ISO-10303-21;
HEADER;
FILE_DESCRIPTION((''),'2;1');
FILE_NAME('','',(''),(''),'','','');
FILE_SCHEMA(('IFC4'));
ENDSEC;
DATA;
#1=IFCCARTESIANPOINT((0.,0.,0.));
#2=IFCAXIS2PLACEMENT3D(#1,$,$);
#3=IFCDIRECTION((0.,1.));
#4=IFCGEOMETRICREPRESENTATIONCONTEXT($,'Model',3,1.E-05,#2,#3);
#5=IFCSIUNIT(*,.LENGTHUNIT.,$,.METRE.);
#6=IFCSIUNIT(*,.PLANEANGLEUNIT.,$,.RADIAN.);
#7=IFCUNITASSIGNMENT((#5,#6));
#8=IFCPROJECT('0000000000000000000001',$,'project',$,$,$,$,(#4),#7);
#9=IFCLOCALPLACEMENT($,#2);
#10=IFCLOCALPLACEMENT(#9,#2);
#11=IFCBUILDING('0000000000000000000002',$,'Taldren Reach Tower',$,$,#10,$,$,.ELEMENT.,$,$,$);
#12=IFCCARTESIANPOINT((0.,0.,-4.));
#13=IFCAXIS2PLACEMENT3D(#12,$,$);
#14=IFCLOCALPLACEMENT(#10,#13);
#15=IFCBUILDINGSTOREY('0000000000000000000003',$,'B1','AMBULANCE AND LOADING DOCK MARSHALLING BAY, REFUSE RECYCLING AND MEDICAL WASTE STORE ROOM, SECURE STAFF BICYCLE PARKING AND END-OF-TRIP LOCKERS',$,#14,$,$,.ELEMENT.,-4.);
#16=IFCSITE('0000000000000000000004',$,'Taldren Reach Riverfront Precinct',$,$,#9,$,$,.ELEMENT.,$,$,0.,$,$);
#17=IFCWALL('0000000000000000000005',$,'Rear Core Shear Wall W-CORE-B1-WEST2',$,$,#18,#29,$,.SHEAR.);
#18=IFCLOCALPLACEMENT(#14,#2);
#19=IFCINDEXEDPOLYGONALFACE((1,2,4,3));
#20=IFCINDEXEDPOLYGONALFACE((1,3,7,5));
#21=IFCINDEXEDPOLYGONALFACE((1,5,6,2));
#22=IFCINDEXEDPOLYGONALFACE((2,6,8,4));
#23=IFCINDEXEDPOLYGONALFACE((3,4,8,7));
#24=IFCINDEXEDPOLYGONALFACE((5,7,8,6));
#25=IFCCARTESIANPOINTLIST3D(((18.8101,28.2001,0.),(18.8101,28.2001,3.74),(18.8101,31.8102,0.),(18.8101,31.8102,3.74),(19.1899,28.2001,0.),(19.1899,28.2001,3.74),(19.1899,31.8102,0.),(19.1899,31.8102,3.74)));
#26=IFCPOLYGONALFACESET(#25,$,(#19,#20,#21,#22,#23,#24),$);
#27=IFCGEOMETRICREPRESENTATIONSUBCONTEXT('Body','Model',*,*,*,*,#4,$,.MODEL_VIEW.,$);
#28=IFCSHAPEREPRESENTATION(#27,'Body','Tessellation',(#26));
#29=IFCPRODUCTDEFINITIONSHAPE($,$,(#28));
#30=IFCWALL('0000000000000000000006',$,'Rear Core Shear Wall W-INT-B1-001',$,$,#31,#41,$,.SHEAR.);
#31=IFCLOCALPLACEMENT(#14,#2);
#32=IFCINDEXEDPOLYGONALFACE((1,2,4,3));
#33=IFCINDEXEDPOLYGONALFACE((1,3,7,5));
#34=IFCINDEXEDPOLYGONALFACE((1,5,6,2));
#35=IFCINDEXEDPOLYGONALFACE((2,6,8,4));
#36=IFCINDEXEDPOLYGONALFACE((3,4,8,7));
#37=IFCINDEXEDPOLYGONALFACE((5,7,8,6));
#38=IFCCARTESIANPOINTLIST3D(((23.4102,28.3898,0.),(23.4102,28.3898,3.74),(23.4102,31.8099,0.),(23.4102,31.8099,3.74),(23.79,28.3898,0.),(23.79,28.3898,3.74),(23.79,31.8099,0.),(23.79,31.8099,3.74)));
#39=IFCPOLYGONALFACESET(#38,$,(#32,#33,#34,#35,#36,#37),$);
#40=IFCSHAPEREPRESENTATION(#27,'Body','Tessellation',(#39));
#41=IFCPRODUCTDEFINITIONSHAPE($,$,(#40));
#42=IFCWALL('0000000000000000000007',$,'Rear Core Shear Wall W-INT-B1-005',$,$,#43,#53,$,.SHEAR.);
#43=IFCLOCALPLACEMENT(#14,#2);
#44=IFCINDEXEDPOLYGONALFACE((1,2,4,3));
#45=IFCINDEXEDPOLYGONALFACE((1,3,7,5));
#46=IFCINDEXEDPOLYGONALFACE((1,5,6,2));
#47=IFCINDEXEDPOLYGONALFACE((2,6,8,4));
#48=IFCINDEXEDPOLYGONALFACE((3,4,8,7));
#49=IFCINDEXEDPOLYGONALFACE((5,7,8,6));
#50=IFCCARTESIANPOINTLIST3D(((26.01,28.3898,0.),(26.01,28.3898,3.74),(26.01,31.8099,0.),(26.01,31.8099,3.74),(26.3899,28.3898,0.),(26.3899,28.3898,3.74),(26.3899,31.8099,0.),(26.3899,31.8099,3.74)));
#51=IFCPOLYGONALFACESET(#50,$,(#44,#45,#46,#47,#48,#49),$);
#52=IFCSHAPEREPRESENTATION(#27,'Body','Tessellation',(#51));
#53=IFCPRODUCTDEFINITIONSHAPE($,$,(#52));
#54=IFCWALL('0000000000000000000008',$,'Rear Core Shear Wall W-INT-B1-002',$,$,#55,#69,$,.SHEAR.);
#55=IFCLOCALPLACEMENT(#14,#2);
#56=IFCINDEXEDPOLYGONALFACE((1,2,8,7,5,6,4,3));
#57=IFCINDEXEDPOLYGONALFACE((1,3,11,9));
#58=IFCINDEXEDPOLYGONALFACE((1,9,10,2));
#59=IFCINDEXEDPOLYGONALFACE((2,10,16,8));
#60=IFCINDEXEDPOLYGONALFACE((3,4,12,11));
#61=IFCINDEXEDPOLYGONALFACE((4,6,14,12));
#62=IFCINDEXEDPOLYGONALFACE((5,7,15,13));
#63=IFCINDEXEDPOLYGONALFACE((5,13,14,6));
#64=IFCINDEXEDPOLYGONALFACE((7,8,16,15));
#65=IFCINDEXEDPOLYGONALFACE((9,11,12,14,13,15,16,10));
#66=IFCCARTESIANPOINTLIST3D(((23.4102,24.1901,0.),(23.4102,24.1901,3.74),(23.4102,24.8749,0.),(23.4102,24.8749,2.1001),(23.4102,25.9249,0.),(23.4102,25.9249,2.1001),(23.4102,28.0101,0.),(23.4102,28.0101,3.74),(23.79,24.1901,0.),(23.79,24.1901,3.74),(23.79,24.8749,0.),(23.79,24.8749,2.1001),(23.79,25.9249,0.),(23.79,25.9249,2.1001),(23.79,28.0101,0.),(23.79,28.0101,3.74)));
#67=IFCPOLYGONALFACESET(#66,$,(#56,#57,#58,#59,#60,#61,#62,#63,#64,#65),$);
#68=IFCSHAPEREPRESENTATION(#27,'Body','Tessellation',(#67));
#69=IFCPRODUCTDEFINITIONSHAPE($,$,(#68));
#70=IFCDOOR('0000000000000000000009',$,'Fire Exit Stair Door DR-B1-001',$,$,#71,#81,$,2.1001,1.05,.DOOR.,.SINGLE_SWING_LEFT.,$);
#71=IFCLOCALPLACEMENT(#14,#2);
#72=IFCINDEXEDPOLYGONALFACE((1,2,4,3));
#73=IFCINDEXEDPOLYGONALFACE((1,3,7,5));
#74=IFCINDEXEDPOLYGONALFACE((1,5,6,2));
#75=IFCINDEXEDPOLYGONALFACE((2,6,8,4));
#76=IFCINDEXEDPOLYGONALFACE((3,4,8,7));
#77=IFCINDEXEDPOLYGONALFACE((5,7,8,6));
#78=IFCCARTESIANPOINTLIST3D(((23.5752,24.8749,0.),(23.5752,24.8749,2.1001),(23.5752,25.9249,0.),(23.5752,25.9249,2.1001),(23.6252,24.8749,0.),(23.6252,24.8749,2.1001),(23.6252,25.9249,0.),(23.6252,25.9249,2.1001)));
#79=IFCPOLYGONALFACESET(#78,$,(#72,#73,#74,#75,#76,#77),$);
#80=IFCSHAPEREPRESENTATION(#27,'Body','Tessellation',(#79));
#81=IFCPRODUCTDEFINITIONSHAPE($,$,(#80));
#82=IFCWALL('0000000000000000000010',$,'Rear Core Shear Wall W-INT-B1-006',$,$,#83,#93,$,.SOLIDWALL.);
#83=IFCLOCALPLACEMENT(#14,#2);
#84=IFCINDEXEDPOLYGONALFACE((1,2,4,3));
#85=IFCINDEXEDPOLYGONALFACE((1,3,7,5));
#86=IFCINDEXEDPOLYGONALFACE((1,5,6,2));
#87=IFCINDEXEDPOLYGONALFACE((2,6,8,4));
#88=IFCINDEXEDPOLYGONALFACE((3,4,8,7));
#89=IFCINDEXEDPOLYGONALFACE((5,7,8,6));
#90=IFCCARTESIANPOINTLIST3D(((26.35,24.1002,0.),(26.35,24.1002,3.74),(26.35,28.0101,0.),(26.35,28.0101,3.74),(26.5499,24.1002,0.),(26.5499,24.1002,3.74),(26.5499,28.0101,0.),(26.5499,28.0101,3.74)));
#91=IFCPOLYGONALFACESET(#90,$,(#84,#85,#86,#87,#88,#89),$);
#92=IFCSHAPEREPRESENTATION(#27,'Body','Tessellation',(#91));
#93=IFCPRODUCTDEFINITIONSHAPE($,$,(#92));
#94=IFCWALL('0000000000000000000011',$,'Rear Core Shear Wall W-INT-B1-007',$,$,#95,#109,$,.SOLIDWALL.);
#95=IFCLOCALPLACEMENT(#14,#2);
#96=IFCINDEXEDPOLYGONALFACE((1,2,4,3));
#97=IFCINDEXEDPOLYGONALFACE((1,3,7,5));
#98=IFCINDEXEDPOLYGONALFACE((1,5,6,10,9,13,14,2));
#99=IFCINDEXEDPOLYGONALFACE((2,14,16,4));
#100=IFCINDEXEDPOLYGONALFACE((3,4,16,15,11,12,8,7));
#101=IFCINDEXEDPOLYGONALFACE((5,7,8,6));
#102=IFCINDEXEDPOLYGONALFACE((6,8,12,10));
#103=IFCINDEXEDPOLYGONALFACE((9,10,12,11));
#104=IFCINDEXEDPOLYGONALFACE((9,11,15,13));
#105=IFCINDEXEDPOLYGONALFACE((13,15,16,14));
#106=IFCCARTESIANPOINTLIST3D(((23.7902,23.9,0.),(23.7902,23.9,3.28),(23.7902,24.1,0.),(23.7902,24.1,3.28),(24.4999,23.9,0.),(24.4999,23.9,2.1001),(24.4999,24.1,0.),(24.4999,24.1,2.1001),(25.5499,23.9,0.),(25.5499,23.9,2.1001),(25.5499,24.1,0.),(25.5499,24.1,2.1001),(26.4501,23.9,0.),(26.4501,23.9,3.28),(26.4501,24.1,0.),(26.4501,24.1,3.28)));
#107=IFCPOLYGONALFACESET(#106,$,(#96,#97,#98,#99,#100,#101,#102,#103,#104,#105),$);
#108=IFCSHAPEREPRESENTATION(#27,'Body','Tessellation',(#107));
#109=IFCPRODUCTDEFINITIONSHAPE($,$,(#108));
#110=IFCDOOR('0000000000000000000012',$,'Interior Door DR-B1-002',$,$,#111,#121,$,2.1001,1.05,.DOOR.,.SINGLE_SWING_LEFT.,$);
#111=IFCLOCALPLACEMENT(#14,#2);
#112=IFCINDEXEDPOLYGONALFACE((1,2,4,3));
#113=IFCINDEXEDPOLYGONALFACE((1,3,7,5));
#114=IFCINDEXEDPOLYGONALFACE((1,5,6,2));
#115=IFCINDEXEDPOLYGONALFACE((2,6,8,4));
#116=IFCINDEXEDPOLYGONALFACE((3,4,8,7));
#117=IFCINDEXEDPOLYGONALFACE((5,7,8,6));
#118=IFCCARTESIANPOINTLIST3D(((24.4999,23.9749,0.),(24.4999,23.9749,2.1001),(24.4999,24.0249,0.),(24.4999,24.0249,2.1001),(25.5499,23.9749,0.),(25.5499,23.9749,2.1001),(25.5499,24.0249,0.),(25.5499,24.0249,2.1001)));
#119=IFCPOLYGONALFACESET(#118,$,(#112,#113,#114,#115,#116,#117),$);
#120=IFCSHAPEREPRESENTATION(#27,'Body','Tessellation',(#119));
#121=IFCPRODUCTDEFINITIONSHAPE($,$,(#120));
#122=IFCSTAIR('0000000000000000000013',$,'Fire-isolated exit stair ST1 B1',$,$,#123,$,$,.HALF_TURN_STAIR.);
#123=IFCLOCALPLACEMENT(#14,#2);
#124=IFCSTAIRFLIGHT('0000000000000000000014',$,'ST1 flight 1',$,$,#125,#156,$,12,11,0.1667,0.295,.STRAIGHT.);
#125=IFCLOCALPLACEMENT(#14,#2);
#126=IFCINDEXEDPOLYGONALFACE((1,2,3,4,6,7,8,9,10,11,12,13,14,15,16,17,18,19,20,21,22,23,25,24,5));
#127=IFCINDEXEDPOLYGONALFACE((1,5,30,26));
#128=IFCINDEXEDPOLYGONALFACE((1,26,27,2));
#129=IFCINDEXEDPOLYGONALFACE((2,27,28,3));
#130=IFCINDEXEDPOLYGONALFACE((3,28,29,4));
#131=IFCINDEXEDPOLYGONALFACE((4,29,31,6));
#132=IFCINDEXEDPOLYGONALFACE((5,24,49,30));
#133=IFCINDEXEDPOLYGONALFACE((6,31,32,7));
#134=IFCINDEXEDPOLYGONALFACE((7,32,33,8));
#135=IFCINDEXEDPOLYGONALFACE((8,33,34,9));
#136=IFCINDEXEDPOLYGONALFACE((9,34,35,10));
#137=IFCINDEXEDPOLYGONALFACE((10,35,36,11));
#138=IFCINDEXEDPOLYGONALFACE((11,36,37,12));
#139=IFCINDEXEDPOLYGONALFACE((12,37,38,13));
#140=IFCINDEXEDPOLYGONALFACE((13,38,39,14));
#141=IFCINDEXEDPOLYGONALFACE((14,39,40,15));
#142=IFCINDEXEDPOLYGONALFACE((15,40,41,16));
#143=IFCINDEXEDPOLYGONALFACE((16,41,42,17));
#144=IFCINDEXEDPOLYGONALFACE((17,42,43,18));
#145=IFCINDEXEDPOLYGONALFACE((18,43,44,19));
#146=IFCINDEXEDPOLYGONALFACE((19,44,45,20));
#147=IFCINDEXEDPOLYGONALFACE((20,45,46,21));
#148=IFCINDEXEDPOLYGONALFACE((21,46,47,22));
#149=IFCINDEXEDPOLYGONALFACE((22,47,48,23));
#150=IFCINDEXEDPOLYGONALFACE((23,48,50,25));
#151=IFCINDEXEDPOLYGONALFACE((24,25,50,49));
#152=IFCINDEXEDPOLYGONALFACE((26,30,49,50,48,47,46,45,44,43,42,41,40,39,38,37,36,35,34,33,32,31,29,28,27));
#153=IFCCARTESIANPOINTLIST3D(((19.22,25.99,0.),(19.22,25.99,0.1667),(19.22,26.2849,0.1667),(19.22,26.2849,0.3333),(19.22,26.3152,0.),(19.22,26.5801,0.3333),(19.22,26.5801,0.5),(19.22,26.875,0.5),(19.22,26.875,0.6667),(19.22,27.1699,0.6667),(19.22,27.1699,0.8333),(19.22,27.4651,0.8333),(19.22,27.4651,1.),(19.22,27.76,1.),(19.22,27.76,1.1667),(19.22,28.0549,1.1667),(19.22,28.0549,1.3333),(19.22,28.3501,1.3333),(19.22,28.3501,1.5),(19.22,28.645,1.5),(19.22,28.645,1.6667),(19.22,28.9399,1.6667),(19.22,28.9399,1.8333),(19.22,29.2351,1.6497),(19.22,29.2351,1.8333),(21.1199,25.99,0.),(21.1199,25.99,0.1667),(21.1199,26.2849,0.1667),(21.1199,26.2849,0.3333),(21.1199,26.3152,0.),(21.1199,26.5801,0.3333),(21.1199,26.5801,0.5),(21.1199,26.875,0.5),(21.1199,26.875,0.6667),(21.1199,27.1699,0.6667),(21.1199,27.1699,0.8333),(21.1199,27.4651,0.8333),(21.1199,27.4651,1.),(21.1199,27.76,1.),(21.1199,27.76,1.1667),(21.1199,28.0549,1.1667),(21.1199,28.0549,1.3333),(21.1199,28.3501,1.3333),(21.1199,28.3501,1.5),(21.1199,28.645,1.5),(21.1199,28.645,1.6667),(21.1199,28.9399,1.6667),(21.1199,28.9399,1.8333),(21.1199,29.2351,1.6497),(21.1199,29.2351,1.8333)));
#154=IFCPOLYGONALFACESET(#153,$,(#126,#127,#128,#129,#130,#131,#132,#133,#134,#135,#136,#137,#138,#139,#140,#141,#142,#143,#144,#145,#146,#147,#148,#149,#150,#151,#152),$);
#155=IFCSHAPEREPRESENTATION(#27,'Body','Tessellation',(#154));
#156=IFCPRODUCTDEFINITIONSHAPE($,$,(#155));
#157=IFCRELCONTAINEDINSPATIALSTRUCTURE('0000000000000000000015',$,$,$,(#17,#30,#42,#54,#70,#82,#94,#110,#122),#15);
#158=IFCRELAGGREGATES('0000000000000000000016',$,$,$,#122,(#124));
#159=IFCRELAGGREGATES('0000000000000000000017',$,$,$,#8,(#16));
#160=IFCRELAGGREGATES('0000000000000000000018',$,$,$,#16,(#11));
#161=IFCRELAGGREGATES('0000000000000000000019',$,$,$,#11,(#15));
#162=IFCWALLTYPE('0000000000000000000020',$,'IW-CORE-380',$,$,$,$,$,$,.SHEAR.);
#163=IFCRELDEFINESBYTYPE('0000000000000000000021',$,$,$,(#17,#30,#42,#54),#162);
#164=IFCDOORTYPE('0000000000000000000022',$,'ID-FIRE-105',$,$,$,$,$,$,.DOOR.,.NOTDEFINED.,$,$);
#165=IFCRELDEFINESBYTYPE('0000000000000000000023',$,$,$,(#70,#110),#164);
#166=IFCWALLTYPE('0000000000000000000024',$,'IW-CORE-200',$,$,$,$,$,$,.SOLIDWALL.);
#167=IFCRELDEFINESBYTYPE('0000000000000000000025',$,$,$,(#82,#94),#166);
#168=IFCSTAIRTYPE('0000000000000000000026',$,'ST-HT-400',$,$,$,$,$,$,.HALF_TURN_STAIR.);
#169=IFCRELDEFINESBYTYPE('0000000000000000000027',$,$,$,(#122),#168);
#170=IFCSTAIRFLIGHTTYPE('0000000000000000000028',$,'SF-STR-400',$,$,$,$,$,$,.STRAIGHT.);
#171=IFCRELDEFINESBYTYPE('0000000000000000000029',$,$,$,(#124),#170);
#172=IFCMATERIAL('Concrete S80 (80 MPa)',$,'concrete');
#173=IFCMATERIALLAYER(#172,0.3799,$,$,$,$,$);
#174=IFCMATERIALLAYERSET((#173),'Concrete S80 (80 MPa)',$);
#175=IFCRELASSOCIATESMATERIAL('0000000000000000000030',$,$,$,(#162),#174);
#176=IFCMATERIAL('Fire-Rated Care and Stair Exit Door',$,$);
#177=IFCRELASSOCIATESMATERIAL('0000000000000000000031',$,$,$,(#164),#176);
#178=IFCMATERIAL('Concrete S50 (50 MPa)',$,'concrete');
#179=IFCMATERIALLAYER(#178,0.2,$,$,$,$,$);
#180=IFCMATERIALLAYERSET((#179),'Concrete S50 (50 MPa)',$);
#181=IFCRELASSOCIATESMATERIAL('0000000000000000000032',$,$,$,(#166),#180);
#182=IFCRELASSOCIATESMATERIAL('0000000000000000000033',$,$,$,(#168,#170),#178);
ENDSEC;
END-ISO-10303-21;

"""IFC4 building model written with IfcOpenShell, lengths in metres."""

from ifc_helpers import new_model, si_unit, direction, frame, frame_2d, origin, place, context, subcontext, project, spatial, polyline, rectangle, outline, extrude, source, transform, mapped, material, layer, layer_set, type_object, element, fill, aggregate, save


model = new_model("IFC4")

# Units and contexts
model_context = context("Model", 3, precision=1e-05, world=origin(), true_north=direction((0.0, 1.0)))
body_context = subcontext(model_context, "Body", "Model", "MODEL_VIEW")
ifc_project = project(units=[si_unit("LENGTHUNIT", "METRE"), si_unit("PLANEANGLEUNIT", "RADIAN")], contexts=[model_context])

# Site, building, storey
site_placement = place(None, origin())
site = spatial("IfcSite", under=ifc_project, at=site_placement, Name="Taldren Reach Riverfront Precinct", CompositionType="ELEMENT", RefElevation=0.0)
building_placement = place(site_placement, origin())
building = spatial("IfcBuilding", under=site, at=building_placement, Name="Taldren Reach Tower", CompositionType="ELEMENT")
storey_placement = place(building_placement, frame((0.0, 0.0, -4.0)))
storey = spatial("IfcBuildingStorey", under=building, at=storey_placement, Name="B1", Description="AMBULANCE AND LOADING DOCK MARSHALLING BAY, REFUSE RECYCLING AND MEDICAL WASTE STORE ROOM, SECURE STAFF BICYCLE PARKING AND END-OF-TRIP LOCKERS", CompositionType="ELEMENT", Elevation=-4.0)

# Walls
ifc_material_1 = material(Name="Concrete S80 (80 MPa)", Category="concrete")
ifc_layer_1 = layer(ifc_material_1, 0.3799)
ifc_layer_set_1 = layer_set([ifc_layer_1], Name="Concrete S80 (80 MPa)")
wall_type_1 = type_object("IfcWallType", Name="IW-CORE-380", PredefinedType="SHEAR", material=ifc_layer_set_1)
shared_shape_1 = source(origin(), body_context, "Body", "SweptSolid", [
    extrude(rectangle(XDim=3.6101, YDim=0.3799, at=frame_2d((1.8052, 0.0))), origin(), (0.0, 0.0, 1.0), 3.74),
])
wall_1_placement = place(storey_placement, frame((19.0, 28.2, 0.0), z_axis=(0.0, 0.0, 1.0), x_axis=(0.0, 1.0, 0.0)))
element("IfcWall", 1, at=wall_1_placement, inside=storey, type_object=wall_type_1, Name="Rear Core Shear Wall W-CORE-B1-WEST2", PredefinedType="SHEAR", context=body_context, shape_type="MappedRepresentation", body=[
    mapped(shared_shape_1, transform((0.0, 0.0, 0.0), scale=1.0)),
])
shared_shape_2 = source(origin(), body_context, "Body", "SweptSolid", [
    extrude(rectangle(XDim=3.4202, YDim=0.3799, at=frame_2d((1.71, 0.0))), origin(), (0.0, 0.0, 1.0), 3.74),
])
for number, where, z_axis, x_axis, name in (
    (2, (23.6001, 28.3899, 0.0), (0.0, 0.0, 1.0), (0.0, 1.0, 0.0), "Rear Core Shear Wall W-INT-B1-001"),
    (3, (26.2, 28.3899, 0.0), (0.0, 0.0, 1.0), (0.0, 1.0, 0.0), "Rear Core Shear Wall W-INT-B1-005"),
):
    element("IfcWall", number, at=place(storey_placement, frame(where, z_axis=z_axis, x_axis=x_axis)), inside=storey, type_object=wall_type_1, Name=name, PredefinedType="SHEAR", context=body_context, shape_type="MappedRepresentation", body=[
        mapped(shared_shape_2, transform((0.0, 0.0, 0.0), scale=1.0)),
    ])

# Wall, opening, door
shared_shape_3 = source(origin(), body_context, "Body", "SweptSolid", [
    extrude(rectangle(XDim=3.8201, YDim=0.3799, at=frame_2d((1.9102, 0.0))), origin(), (0.0, 0.0, 1.0), 3.74),
])
wall_2_placement = place(storey_placement, frame((23.6001, 24.1899, 0.0), z_axis=(0.0, 0.0, 1.0), x_axis=(0.0, 1.0, 0.0)))
wall_2 = element("IfcWall", 4, at=wall_2_placement, inside=storey, type_object=wall_type_1, Name="Rear Core Shear Wall W-INT-B1-002", PredefinedType="SHEAR", context=body_context, shape_type="MappedRepresentation", body=[
    mapped(shared_shape_3, transform((0.0, 0.0, 0.0), scale=1.0)),
])
shared_shape_4 = source(origin(), body_context, "Body", "SweptSolid", [
    extrude(rectangle(XDim=1.05, YDim=2.1001, at=frame_2d((0.5249, 1.05))), frame((0.0, 0.2, 0.0), z_axis=(0.0, -1.0, 0.0), x_axis=(1.0, 0.0, 0.0)), (0.0, 0.0, 1.0), 0.3999),
])
opening_1_placement = place(wall_2_placement, frame((0.6851, 0.0, 0.0)))
opening_1 = element("IfcOpeningElement", 5, at=opening_1_placement, cuts=wall_2, PredefinedType="OPENING", context=body_context, shape_type="MappedRepresentation", body=[
    mapped(shared_shape_4, transform((0.0, 0.0, 0.0), scale=1.0)),
])
ifc_material_2 = material(Name="Fire-Rated Care and Stair Exit Door")
door_type_1 = type_object("IfcDoorType", Name="ID-FIRE-105", OperationType="NOTDEFINED", PredefinedType="DOOR", material=ifc_material_2)
shared_shape_5 = source(origin(), body_context, "Body", "SweptSolid", [
    extrude(rectangle(XDim=1.05, YDim=2.1001, at=frame_2d((0.5249, 1.05))), frame((0.0, 0.0249, 0.0), z_axis=(0.0, -1.0, 0.0), x_axis=(1.0, 0.0, 0.0)), (0.0, 0.0, 1.0), 0.05),
])
door_1_placement = place(opening_1_placement, origin())
door_1 = element("IfcDoor", 6, at=door_1_placement, inside=storey, type_object=door_type_1, Name="Fire Exit Stair Door DR-B1-001", OperationType="SINGLE_SWING_LEFT", OverallHeight=2.1001, OverallWidth=1.05, PredefinedType="DOOR", context=body_context, shape_type="MappedRepresentation", body=[
    mapped(shared_shape_5, transform((0.0, 0.0, 0.0), scale=1.0)),
])
fill(opening_1, door_1)

# Wall
ifc_material_3 = material(Name="Concrete S50 (50 MPa)", Category="concrete")
ifc_layer_2 = layer(ifc_material_3, 0.2)
ifc_layer_set_2 = layer_set([ifc_layer_2], Name="Concrete S50 (50 MPa)")
wall_type_2 = type_object("IfcWallType", Name="IW-CORE-200", PredefinedType="SOLIDWALL", material=ifc_layer_set_2)
shared_shape_6 = source(origin(), body_context, "Body", "SweptSolid", [
    extrude(rectangle(XDim=3.9099, YDim=0.2, at=frame_2d((1.9551, 0.0))), origin(), (0.0, 0.0, 1.0), 3.74),
])
wall_3_placement = place(storey_placement, frame((26.45, 24.1001, 0.0), z_axis=(0.0, 0.0, 1.0), x_axis=(0.0, 1.0, 0.0)))
element("IfcWall", 7, at=wall_3_placement, inside=storey, type_object=wall_type_2, Name="Rear Core Shear Wall W-INT-B1-006", PredefinedType="SOLIDWALL", context=body_context, shape_type="MappedRepresentation", body=[
    mapped(shared_shape_6, transform((0.0, 0.0, 0.0), scale=1.0)),
])

# Wall, opening, door
shared_shape_7 = source(origin(), body_context, "Body", "SweptSolid", [
    extrude(rectangle(XDim=2.6599, YDim=0.2, at=frame_2d((1.3301, 0.0))), origin(), (0.0, 0.0, 1.0), 3.28),
])
wall_4_placement = place(storey_placement, frame((23.79, 24.0, 0.0), z_axis=(0.0, 0.0, 1.0), x_axis=(1.0, 0.0, 0.0)))
wall_4 = element("IfcWall", 8, at=wall_4_placement, inside=storey, type_object=wall_type_2, Name="Rear Core Shear Wall W-INT-B1-007", PredefinedType="SOLIDWALL", context=body_context, shape_type="MappedRepresentation", body=[
    mapped(shared_shape_7, transform((0.0, 0.0, 0.0), scale=1.0)),
])
shared_shape_8 = source(origin(), body_context, "Body", "SweptSolid", [
    extrude(rectangle(XDim=1.05, YDim=2.1001, at=frame_2d((0.5249, 1.05))), frame((0.0, 0.1099, 0.0), z_axis=(0.0, -1.0, 0.0), x_axis=(1.0, 0.0, 0.0)), (0.0, 0.0, 1.0), 0.22),
])
opening_2_placement = place(wall_4_placement, frame((0.71, 0.0, 0.0)))
opening_2 = element("IfcOpeningElement", 9, at=opening_2_placement, cuts=wall_4, PredefinedType="OPENING", context=body_context, shape_type="MappedRepresentation", body=[
    mapped(shared_shape_8, transform((0.0, 0.0, 0.0), scale=1.0)),
])
door_2_placement = place(opening_2_placement, origin())
door_2 = element("IfcDoor", 10, at=door_2_placement, inside=storey, type_object=door_type_1, Name="Interior Door DR-B1-002", OperationType="SINGLE_SWING_LEFT", OverallHeight=2.1001, OverallWidth=1.05, PredefinedType="DOOR", context=body_context, shape_type="MappedRepresentation", body=[
    mapped(shared_shape_5, transform((0.0, 0.0, 0.0), scale=1.0)),
])
fill(opening_2, door_2)

# Stair, stair flight
stair_type = type_object("IfcStairType", Name="ST-HT-400", PredefinedType="HALF_TURN_STAIR", material=ifc_material_3)
stair_placement = place(storey_placement, origin())
stair = element("IfcStair", 11, at=stair_placement, inside=storey, type_object=stair_type, Name="Fire-isolated exit stair ST1 B1", PredefinedType="HALF_TURN_STAIR")
stair_flight_type = type_object("IfcStairFlightType", Name="SF-STR-400", PredefinedType="STRAIGHT", material=ifc_material_3)
stair_flight_1_placement = place(storey_placement, frame((20.1699, 25.99, 0.0), z_axis=(0.0, 0.0, 1.0), x_axis=(0.0, 1.0, 0.0)))
stair_flight_1 = element("IfcStairFlight", 12, at=stair_flight_1_placement, type_object=stair_flight_type, Name="ST1 flight 1", NumberOfRisers=12, NumberOfTreads=11, PredefinedType="STRAIGHT", RiserHeight=0.1667, TreadLength=0.295, context=body_context, shape_type="SweptSolid", body=[
    extrude(outline(polyline([(0.0, 0.0), (0.0, 0.1667), (0.2949, 0.1667), (0.2949, 0.3333), (0.5901, 0.3333), (0.5901, 0.5), (0.885, 0.5), (0.885, 0.6667), (1.1799, 0.6667), (1.1799, 0.8333), (1.4751, 0.8333), (1.4751, 1.0), (1.77, 1.0), (1.77, 1.1667), (2.0649, 1.1667), (2.0649, 1.3333), (2.3601, 1.3333), (2.3601, 1.5), (2.655, 1.5), (2.655, 1.6667), (2.95, 1.6667), (2.95, 1.8333), (3.2451, 1.8333), (3.2451, 2.0), (3.2451, 1.6497), (0.3252, 0.0), (0.0, 0.0)])), frame((0.0, 0.95, 0.0), z_axis=(0.0, -1.0, 0.0), x_axis=(1.0, 0.0, 0.0)), (0.0, 0.0, 1.0), 1.8999),
])
aggregate(stair, [stair_flight_1])

save(model, "model.ifc")
